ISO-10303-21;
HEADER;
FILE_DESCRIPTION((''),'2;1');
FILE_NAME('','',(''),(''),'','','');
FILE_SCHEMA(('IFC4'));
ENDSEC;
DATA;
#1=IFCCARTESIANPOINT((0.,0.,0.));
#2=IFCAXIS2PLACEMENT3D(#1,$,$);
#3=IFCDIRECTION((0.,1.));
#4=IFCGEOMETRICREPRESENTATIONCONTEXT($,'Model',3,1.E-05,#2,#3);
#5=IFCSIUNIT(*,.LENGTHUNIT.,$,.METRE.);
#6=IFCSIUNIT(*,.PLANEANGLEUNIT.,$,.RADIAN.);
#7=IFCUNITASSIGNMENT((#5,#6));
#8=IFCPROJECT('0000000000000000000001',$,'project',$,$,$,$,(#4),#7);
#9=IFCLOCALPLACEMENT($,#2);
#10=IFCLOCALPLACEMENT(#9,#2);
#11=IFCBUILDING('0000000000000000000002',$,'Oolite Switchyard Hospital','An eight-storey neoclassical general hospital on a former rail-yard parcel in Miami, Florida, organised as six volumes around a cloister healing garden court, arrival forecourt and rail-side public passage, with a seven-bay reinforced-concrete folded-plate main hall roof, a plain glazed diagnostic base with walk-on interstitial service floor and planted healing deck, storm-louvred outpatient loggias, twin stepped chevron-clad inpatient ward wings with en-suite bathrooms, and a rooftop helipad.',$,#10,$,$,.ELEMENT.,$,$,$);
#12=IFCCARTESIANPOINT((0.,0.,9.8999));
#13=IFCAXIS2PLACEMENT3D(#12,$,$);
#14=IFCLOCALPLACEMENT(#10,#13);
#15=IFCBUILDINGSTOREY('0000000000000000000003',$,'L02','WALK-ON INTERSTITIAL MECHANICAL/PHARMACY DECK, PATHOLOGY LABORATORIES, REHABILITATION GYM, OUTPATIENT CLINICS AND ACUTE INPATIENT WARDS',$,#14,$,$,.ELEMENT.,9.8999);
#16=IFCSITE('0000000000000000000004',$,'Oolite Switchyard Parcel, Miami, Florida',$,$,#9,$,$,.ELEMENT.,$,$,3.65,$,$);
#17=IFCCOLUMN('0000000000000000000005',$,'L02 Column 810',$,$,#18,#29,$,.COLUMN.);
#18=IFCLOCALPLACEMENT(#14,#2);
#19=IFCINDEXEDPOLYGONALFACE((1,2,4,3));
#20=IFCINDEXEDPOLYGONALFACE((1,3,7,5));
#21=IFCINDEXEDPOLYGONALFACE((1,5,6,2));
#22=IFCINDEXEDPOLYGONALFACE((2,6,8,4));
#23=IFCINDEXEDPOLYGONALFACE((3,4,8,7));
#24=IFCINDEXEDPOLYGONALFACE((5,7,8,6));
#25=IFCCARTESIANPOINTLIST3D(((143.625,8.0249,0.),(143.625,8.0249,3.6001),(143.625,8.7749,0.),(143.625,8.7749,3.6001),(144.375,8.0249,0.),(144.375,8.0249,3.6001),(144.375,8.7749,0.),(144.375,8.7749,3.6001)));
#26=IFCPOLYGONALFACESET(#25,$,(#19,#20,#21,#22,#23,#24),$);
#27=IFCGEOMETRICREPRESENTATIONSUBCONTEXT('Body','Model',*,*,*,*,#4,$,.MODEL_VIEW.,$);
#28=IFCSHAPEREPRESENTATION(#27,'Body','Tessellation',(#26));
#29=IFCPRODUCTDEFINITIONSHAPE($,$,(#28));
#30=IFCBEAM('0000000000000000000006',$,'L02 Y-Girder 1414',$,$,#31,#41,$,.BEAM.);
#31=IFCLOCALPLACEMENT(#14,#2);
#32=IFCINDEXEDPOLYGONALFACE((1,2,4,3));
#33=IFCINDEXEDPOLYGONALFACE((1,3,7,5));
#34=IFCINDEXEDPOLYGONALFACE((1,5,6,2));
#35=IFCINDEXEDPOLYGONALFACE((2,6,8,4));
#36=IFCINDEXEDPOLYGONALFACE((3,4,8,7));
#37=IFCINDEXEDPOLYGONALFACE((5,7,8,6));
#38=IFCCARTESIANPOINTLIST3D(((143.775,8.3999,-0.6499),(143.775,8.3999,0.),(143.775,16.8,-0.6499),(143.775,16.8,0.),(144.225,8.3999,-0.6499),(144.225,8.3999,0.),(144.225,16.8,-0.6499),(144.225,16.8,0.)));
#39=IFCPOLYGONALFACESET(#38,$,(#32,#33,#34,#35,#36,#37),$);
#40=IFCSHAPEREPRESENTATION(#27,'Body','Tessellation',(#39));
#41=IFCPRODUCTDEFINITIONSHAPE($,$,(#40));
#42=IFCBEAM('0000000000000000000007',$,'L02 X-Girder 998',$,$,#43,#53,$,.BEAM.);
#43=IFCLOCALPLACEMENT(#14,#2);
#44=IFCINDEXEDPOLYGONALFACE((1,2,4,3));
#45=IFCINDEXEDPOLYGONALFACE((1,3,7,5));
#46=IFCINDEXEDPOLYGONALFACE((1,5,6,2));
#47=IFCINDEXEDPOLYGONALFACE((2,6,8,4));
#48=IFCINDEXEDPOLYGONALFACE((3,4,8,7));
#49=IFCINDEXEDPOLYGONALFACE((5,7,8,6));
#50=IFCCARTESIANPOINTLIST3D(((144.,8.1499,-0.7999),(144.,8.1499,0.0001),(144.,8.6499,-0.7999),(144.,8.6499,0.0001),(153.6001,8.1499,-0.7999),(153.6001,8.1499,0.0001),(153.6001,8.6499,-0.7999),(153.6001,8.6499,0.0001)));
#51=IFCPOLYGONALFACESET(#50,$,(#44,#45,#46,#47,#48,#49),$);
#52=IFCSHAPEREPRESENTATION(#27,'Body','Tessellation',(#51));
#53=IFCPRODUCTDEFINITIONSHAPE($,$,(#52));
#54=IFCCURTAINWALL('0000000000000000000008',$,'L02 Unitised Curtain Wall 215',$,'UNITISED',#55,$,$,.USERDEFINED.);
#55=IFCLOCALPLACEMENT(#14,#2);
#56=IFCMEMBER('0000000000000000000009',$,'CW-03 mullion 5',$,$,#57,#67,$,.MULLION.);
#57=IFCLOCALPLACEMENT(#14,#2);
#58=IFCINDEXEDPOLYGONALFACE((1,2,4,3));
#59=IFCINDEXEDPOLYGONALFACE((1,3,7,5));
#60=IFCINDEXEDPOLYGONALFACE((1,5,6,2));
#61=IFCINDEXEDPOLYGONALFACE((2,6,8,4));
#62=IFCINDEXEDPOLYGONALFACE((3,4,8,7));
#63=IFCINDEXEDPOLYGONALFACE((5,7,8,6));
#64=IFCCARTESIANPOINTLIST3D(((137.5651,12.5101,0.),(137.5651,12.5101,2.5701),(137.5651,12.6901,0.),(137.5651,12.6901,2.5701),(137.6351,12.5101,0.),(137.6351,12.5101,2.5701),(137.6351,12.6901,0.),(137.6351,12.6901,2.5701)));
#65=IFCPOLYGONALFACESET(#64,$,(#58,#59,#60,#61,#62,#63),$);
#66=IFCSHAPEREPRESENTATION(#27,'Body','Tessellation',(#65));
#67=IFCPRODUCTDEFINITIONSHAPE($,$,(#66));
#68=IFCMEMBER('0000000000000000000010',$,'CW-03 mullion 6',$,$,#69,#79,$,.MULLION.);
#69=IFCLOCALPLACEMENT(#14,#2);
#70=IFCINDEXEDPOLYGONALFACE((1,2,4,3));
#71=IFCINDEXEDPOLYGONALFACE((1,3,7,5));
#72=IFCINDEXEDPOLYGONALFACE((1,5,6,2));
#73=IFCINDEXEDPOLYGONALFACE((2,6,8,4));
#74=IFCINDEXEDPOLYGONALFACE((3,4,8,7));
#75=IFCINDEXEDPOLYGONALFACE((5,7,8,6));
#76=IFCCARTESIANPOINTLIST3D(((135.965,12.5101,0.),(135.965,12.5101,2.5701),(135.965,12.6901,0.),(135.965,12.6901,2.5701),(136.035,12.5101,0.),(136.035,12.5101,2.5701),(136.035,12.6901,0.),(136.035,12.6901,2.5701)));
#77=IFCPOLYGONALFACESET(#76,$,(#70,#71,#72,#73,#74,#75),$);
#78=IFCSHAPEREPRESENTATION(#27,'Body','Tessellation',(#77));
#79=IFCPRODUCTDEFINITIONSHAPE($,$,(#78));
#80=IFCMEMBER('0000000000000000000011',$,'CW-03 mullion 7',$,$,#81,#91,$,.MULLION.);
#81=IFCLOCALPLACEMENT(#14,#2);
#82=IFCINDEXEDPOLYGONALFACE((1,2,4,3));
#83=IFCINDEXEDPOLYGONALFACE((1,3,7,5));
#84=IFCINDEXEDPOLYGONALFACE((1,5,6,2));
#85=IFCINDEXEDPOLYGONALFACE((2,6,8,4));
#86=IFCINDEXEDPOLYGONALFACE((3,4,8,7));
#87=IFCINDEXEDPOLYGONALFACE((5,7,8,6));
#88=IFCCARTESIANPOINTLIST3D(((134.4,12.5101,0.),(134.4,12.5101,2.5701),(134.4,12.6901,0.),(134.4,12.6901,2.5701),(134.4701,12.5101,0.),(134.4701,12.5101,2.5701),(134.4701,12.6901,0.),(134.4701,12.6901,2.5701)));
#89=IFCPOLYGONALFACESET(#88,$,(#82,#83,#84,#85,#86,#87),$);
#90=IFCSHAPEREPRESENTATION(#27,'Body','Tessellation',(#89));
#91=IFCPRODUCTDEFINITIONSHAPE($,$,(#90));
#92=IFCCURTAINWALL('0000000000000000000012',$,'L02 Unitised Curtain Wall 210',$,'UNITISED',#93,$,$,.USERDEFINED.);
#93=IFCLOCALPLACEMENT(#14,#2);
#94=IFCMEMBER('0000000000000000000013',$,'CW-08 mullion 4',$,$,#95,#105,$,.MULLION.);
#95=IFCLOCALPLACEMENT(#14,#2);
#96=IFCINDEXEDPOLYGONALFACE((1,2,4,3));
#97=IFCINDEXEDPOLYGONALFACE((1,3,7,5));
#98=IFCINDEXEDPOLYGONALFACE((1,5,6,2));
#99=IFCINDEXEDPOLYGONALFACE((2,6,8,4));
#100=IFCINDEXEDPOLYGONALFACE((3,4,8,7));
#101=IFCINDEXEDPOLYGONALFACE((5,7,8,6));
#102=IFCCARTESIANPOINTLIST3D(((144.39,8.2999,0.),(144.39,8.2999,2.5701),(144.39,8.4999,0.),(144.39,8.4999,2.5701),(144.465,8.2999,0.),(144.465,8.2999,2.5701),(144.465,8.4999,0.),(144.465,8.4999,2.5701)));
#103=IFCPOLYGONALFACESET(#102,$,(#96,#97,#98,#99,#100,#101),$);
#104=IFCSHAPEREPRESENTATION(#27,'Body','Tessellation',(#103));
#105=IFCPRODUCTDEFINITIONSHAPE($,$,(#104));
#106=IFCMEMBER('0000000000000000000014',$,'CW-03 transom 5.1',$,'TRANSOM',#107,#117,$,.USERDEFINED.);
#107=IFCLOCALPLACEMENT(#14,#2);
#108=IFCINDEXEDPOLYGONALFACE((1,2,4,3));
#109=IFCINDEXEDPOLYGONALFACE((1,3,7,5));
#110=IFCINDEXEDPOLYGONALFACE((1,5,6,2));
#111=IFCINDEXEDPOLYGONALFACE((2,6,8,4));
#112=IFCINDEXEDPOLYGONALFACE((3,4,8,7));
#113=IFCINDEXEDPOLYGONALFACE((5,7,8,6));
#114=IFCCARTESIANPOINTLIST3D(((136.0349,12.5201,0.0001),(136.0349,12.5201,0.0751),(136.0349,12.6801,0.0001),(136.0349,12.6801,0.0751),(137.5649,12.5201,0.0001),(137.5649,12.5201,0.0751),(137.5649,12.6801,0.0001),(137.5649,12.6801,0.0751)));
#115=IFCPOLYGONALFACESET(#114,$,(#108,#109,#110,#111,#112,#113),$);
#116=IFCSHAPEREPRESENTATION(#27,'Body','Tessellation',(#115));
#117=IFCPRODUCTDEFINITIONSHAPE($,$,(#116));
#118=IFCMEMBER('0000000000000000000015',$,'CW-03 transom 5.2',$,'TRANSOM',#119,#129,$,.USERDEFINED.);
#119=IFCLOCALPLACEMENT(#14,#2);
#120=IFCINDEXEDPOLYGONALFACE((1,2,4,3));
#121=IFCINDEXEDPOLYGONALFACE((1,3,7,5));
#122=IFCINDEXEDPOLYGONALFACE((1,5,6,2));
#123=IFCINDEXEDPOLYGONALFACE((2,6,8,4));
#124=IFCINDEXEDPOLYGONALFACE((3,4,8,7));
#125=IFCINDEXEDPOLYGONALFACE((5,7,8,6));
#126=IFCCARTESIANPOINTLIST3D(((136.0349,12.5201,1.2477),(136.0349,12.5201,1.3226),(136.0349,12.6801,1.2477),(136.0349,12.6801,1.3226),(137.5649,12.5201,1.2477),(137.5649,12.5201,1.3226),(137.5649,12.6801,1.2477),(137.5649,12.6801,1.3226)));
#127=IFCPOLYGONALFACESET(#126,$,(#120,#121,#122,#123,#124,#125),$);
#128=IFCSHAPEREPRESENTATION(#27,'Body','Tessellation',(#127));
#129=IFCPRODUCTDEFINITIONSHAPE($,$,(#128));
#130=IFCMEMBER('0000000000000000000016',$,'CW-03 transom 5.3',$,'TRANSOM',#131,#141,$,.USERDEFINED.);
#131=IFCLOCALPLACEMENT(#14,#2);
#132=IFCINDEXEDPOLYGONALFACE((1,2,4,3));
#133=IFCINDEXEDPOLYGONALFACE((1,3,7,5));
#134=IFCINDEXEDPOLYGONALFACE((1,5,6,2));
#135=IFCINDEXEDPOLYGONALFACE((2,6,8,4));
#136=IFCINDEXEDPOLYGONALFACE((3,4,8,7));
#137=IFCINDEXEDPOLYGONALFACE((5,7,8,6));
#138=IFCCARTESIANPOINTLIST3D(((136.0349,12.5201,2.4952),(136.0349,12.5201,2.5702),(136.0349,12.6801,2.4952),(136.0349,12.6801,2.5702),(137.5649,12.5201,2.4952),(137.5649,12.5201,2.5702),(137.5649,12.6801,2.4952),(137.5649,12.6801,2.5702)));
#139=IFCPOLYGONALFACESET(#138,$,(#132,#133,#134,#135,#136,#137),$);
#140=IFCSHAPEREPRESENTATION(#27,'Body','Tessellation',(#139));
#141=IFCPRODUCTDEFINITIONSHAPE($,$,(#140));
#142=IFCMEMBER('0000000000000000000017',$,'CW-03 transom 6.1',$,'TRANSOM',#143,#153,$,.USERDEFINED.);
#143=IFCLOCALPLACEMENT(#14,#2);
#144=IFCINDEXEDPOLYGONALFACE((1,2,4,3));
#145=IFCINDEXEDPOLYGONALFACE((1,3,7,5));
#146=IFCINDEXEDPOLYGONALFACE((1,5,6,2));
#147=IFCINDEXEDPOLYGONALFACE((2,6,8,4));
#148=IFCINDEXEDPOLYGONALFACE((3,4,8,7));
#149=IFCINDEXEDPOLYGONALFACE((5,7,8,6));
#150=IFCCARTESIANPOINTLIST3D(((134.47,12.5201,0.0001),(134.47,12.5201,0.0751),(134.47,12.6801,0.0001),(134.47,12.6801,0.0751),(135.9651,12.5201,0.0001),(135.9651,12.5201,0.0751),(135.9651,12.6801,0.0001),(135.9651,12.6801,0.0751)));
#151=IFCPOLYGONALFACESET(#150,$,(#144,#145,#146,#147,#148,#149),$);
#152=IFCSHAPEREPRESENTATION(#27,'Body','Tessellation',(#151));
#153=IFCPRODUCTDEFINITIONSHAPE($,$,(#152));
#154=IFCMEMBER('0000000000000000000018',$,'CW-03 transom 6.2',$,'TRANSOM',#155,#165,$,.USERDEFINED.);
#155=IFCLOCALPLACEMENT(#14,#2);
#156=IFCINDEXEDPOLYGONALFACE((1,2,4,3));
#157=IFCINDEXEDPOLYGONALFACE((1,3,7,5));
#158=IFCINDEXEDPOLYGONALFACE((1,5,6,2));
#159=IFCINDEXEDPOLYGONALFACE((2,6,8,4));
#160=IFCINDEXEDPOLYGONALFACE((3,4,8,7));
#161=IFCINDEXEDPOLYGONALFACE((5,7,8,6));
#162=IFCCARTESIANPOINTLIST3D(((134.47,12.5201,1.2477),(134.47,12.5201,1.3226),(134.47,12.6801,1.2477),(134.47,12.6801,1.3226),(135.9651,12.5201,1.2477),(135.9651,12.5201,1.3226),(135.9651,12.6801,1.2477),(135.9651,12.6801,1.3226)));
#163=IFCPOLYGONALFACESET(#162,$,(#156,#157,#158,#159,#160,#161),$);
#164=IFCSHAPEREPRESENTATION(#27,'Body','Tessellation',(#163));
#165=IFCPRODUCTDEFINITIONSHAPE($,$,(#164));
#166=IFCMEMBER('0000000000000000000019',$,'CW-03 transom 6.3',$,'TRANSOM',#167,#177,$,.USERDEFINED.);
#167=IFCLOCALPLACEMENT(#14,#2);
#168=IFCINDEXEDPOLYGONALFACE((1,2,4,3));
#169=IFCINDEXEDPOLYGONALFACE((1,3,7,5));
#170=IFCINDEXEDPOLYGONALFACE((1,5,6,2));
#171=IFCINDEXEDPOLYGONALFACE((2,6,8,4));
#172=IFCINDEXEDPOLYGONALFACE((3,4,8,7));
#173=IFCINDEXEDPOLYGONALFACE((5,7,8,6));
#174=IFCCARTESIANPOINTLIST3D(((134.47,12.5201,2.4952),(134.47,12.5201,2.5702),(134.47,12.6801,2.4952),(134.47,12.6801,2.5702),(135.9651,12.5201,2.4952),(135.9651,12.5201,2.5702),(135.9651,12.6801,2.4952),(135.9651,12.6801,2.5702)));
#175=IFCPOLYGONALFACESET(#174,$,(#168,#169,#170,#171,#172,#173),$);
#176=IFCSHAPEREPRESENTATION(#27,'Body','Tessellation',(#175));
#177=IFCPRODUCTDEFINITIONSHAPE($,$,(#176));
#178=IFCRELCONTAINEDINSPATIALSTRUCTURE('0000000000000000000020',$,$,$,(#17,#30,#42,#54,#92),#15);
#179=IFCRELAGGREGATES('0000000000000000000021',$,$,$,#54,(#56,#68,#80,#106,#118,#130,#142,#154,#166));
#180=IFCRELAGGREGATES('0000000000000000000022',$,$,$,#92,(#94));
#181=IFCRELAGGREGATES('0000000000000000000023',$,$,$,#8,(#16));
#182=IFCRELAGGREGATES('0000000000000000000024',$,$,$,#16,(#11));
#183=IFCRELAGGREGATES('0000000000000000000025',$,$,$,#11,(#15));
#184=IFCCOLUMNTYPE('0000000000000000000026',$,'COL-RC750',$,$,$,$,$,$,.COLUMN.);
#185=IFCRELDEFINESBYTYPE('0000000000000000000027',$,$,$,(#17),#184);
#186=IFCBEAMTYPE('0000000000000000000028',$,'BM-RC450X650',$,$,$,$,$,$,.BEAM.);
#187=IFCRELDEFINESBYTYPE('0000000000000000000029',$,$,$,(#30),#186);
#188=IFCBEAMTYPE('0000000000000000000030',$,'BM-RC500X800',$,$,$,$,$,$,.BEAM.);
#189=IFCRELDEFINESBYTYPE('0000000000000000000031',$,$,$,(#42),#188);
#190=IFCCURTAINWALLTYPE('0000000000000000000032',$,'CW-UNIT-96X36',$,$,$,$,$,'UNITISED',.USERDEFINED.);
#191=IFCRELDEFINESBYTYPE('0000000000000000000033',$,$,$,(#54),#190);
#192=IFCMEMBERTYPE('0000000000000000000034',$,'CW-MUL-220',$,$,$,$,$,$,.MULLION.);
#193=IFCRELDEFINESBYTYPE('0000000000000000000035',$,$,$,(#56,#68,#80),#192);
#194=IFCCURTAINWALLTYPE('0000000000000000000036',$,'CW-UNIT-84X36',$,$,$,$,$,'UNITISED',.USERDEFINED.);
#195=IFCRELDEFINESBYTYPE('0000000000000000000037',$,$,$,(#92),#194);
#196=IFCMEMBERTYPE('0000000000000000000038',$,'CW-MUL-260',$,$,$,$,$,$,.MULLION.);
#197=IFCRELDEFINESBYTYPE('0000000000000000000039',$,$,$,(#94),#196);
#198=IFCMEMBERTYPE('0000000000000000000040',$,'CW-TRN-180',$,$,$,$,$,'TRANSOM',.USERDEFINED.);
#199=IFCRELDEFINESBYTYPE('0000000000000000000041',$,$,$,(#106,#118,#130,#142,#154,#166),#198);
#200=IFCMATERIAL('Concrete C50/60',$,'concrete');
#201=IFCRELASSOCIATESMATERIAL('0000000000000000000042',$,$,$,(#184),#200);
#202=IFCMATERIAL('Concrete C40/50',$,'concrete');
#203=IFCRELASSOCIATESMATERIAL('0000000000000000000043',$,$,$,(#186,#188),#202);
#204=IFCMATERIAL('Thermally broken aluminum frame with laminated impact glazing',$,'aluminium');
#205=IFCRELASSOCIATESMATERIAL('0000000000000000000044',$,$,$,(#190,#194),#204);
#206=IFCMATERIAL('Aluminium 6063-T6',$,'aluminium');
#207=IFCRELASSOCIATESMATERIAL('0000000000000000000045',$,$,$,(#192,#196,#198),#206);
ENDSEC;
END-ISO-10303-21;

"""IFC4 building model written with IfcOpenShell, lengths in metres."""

from ifc_helpers import new_model, si_unit, direction, frame, origin, origin_2d, place, context, subcontext, project, spatial, rectangle, extrude, material, material_profile, profile_set, type_object, element, aggregate, save


model = new_model("IFC4")

# Units and contexts
model_context = context("Model", 3, precision=1e-05, world=origin(), true_north=direction((0.0, 1.0)))
body_context = subcontext(model_context, "Body", "Model", "MODEL_VIEW")
ifc_project = project(units=[si_unit("LENGTHUNIT", "METRE"), si_unit("PLANEANGLEUNIT", "RADIAN")], contexts=[model_context])

# Site, building, storey
site_placement = place(None, origin())
site = spatial("IfcSite", under=ifc_project, at=site_placement, Name="Oolite Switchyard Parcel, Miami, Florida", CompositionType="ELEMENT", RefElevation=3.65)
building_placement = place(site_placement, origin())
building = spatial("IfcBuilding", under=site, at=building_placement, Name="Oolite Switchyard Hospital", Description="An eight-storey neoclassical general hospital on a former rail-yard parcel in Miami, Florida, organised as six volumes around a cloister healing garden court, arrival forecourt and rail-side public passage, with a seven-bay reinforced-concrete folded-plate main hall roof, a plain glazed diagnostic base with walk-on interstitial service floor and planted healing deck, storm-louvred outpatient loggias, twin stepped chevron-clad inpatient ward wings with en-suite bathrooms, and a rooftop helipad.", CompositionType="ELEMENT")
storey_placement = place(building_placement, frame((0.0, 0.0, 9.8999)))
storey = spatial("IfcBuildingStorey", under=building, at=storey_placement, Name="L02", Description="WALK-ON INTERSTITIAL MECHANICAL/PHARMACY DECK, PATHOLOGY LABORATORIES, REHABILITATION GYM, OUTPATIENT CLINICS AND ACUTE INPATIENT WARDS", CompositionType="ELEMENT", Elevation=9.8999)

# Column
ifc_material_1 = material(Name="Concrete C50/60", Category="concrete")
ifc_material_profile_1 = material_profile(ifc_material_1, rectangle(XDim=0.75, YDim=0.75, at=origin_2d()), Name="RC750X750")
ifc_profile_set_1 = profile_set([ifc_material_profile_1], Name="Concrete C50/60")
column_type = type_object("IfcColumnType", Name="COL-RC750", PredefinedType="COLUMN", material=ifc_profile_set_1)
column_placement = place(storey_placement, frame((144.0, 8.3999, 0.0), z_axis=(0.0, 0.0, 1.0), x_axis=(1.0, 0.0, 0.0)))
element("IfcColumn", 1, at=column_placement, inside=storey, type_object=column_type, Name="L02 Column 810", PredefinedType="COLUMN", context=body_context, shape_type="SweptSolid", body=[
    extrude(rectangle(XDim=0.75, YDim=0.75, at=origin_2d()), origin(), (0.0, 0.0, 1.0), 3.6001),
])

# Beams
ifc_material_2 = material(Name="Concrete C40/50", Category="concrete")
ifc_material_profile_2 = material_profile(ifc_material_2, rectangle(XDim=0.45, YDim=0.6499, at=origin_2d()), Name="RCB450X650")
ifc_profile_set_2 = profile_set([ifc_material_profile_2], Name="Concrete C40/50")
beam_type_1 = type_object("IfcBeamType", Name="BM-RC450X650", PredefinedType="BEAM", material=ifc_profile_set_2)
beam_1_placement = place(storey_placement, frame((144.0, 8.3999, -0.325), z_axis=(0.0, 1.0, 0.0), x_axis=(-1.0, 0.0, 0.0)))
element("IfcBeam", 2, at=beam_1_placement, inside=storey, type_object=beam_type_1, Name="L02 Y-Girder 1414", PredefinedType="BEAM", context=body_context, shape_type="SweptSolid", body=[
    extrude(rectangle(XDim=0.45, YDim=0.6499, at=origin_2d()), origin(), (0.0, 0.0, 1.0), 8.4001),
])
ifc_material_profile_3 = material_profile(ifc_material_2, rectangle(XDim=0.5, YDim=0.8, at=origin_2d()), Name="RCB500X800")
ifc_profile_set_3 = profile_set([ifc_material_profile_3], Name="Concrete C40/50")
beam_type_2 = type_object("IfcBeamType", Name="BM-RC500X800", PredefinedType="BEAM", material=ifc_profile_set_3)
beam_2_placement = place(storey_placement, frame((144.0, 8.3999, -0.3999), z_axis=(1.0, 0.0, 0.0), x_axis=(0.0, 1.0, 0.0)))
element("IfcBeam", 3, at=beam_2_placement, inside=storey, type_object=beam_type_2, Name="L02 X-Girder 998", PredefinedType="BEAM", context=body_context, shape_type="SweptSolid", body=[
    extrude(rectangle(XDim=0.5, YDim=0.8, at=origin_2d()), origin(), (0.0, 0.0, 1.0), 9.6001),
])

# Curtain wall, members
ifc_material_3 = material(Name="Thermally broken aluminum frame with laminated impact glazing", Category="aluminium")
curtain_wall_type_1 = type_object("IfcCurtainWallType", Name="CW-UNIT-96X36", ElementType="UNITISED", PredefinedType="USERDEFINED", material=ifc_material_3)
curtain_wall_1_placement = place(storey_placement, origin())
curtain_wall_1 = element("IfcCurtainWall", 4, at=curtain_wall_1_placement, inside=storey, type_object=curtain_wall_type_1, Name="L02 Unitised Curtain Wall 215", ObjectType="UNITISED", PredefinedType="USERDEFINED")
ifc_material_4 = material(Name="Aluminium 6063-T6", Category="aluminium")
ifc_material_profile_4 = material_profile(ifc_material_4, rectangle(XDim=0.1799, YDim=0.0701, at=origin_2d()), Name="CWM70X180")
ifc_profile_set_4 = profile_set([ifc_material_profile_4], Name="Aluminium 6063-T6")
member_type_1 = type_object("IfcMemberType", Name="CW-MUL-220", PredefinedType="MULLION", material=ifc_profile_set_4)
member_1_placement = place(storey_placement, frame((137.6001, 12.6001, 0.0), z_axis=(0.0, 0.0, 1.0), x_axis=(0.0, -1.0, 0.0)))
member_1 = element("IfcMember", 5, at=member_1_placement, type_object=member_type_1, Name="CW-03 mullion 5", PredefinedType="MULLION", context=body_context, shape_type="SweptSolid", body=[
    extrude(rectangle(XDim=0.1799, YDim=0.0701, at=origin_2d()), origin(), (0.0, 0.0, 1.0), 2.5701),
])
member_2_placement = place(storey_placement, frame((136.0, 12.6001, 0.0), z_axis=(0.0, 0.0, 1.0), x_axis=(0.0, -1.0, 0.0)))
member_2 = element("IfcMember", 6, at=member_2_placement, type_object=member_type_1, Name="CW-03 mullion 6", PredefinedType="MULLION", context=body_context, shape_type="SweptSolid", body=[
    extrude(rectangle(XDim=0.1799, YDim=0.0701, at=origin_2d()), origin(), (0.0, 0.0, 1.0), 2.5701),
])
member_3_placement = place(storey_placement, frame((134.4351, 12.6001, 0.0), z_axis=(0.0, 0.0, 1.0), x_axis=(0.0, -1.0, 0.0)))
member_3 = element("IfcMember", 7, at=member_3_placement, type_object=member_type_1, Name="CW-03 mullion 7", PredefinedType="MULLION", context=body_context, shape_type="SweptSolid", body=[
    extrude(rectangle(XDim=0.1799, YDim=0.0701, at=origin_2d()), origin(), (0.0, 0.0, 1.0), 2.5701),
])

# Curtain wall, member
curtain_wall_type_2 = type_object("IfcCurtainWallType", Name="CW-UNIT-84X36", ElementType="UNITISED", PredefinedType="USERDEFINED", material=ifc_material_3)
curtain_wall_2_placement = place(storey_placement, origin())
curtain_wall_2 = element("IfcCurtainWall", 8, at=curtain_wall_2_placement, inside=storey, type_object=curtain_wall_type_2, Name="L02 Unitised Curtain Wall 210", ObjectType="UNITISED", PredefinedType="USERDEFINED")
ifc_material_profile_5 = material_profile(ifc_material_4, rectangle(XDim=0.2, YDim=0.075, at=origin_2d()), Name="CWM75X200")
ifc_profile_set_5 = profile_set([ifc_material_profile_5], Name="Aluminium 6063-T6")
member_type_2 = type_object("IfcMemberType", Name="CW-MUL-260", PredefinedType="MULLION", material=ifc_profile_set_5)
member_4_placement = place(storey_placement, frame((144.4275, 8.3999, 0.0), z_axis=(0.0, 0.0, 1.0), x_axis=(0.0, -1.0, 0.0)))
member_4 = element("IfcMember", 9, at=member_4_placement, type_object=member_type_2, Name="CW-08 mullion 4", PredefinedType="MULLION", context=body_context, shape_type="SweptSolid", body=[
    extrude(rectangle(XDim=0.2, YDim=0.075, at=origin_2d()), origin(), (0.0, 0.0, 1.0), 2.5701),
])

# Members
ifc_material_profile_6 = material_profile(ifc_material_4, rectangle(XDim=0.1599, YDim=0.075, at=origin_2d()), Name="CWT75X160")
ifc_profile_set_6 = profile_set([ifc_material_profile_6], Name="Aluminium 6063-T6")
member_type_3 = type_object("IfcMemberType", Name="CW-TRN-180", ElementType="TRANSOM", PredefinedType="USERDEFINED", material=ifc_profile_set_6)
member_5_placement = place(storey_placement, frame((137.5649, 12.6001, 0.0376), z_axis=(-1.0, 0.0, 0.0), x_axis=(0.0, -1.0, 0.0)))
member_5 = element("IfcMember", 10, at=member_5_placement, type_object=member_type_3, Name="CW-03 transom 5.1", ObjectType="TRANSOM", PredefinedType="USERDEFINED", context=body_context, shape_type="SweptSolid", body=[
    extrude(rectangle(XDim=0.1599, YDim=0.075, at=origin_2d()), origin(), (0.0, 0.0, 1.0), 1.53),
])
member_6_placement = place(storey_placement, frame((137.5649, 12.6001, 1.2852), z_axis=(-1.0, 0.0, 0.0), x_axis=(0.0, -1.0, 0.0)))
member_6 = element("IfcMember", 11, at=member_6_placement, type_object=member_type_3, Name="CW-03 transom 5.2", ObjectType="TRANSOM", PredefinedType="USERDEFINED", context=body_context, shape_type="SweptSolid", body=[
    extrude(rectangle(XDim=0.1599, YDim=0.075, at=origin_2d()), origin(), (0.0, 0.0, 1.0), 1.53),
])
member_7_placement = place(storey_placement, frame((137.5649, 12.6001, 2.5327), z_axis=(-1.0, 0.0, 0.0), x_axis=(0.0, -1.0, 0.0)))
member_7 = element("IfcMember", 12, at=member_7_placement, type_object=member_type_3, Name="CW-03 transom 5.3", ObjectType="TRANSOM", PredefinedType="USERDEFINED", context=body_context, shape_type="SweptSolid", body=[
    extrude(rectangle(XDim=0.1599, YDim=0.075, at=origin_2d()), origin(), (0.0, 0.0, 1.0), 1.53),
])
member_8_placement = place(storey_placement, frame((135.9651, 12.6001, 0.0376), z_axis=(-1.0, 0.0, 0.0), x_axis=(0.0, -1.0, 0.0)))
member_8 = element("IfcMember", 13, at=member_8_placement, type_object=member_type_3, Name="CW-03 transom 6.1", ObjectType="TRANSOM", PredefinedType="USERDEFINED", context=body_context, shape_type="SweptSolid", body=[
    extrude(rectangle(XDim=0.1599, YDim=0.075, at=origin_2d()), origin(), (0.0, 0.0, 1.0), 1.4951),
])
member_9_placement = place(storey_placement, frame((135.9651, 12.6001, 1.2852), z_axis=(-1.0, 0.0, 0.0), x_axis=(0.0, -1.0, 0.0)))
member_9 = element("IfcMember", 14, at=member_9_placement, type_object=member_type_3, Name="CW-03 transom 6.2", ObjectType="TRANSOM", PredefinedType="USERDEFINED", context=body_context, shape_type="SweptSolid", body=[
    extrude(rectangle(XDim=0.1599, YDim=0.075, at=origin_2d()), origin(), (0.0, 0.0, 1.0), 1.4951),
])
member_10_placement = place(storey_placement, frame((135.9651, 12.6001, 2.5327), z_axis=(-1.0, 0.0, 0.0), x_axis=(0.0, -1.0, 0.0)))
member_10 = element("IfcMember", 15, at=member_10_placement, type_object=member_type_3, Name="CW-03 transom 6.3", ObjectType="TRANSOM", PredefinedType="USERDEFINED", context=body_context, shape_type="SweptSolid", body=[
    extrude(rectangle(XDim=0.1599, YDim=0.075, at=origin_2d()), origin(), (0.0, 0.0, 1.0), 1.4951),
])

aggregate(curtain_wall_1, [member_1, member_2, member_3, member_5, member_6, member_7, member_8, member_9, member_10])
aggregate(curtain_wall_2, [member_4])

save(model, "model.ifc")
